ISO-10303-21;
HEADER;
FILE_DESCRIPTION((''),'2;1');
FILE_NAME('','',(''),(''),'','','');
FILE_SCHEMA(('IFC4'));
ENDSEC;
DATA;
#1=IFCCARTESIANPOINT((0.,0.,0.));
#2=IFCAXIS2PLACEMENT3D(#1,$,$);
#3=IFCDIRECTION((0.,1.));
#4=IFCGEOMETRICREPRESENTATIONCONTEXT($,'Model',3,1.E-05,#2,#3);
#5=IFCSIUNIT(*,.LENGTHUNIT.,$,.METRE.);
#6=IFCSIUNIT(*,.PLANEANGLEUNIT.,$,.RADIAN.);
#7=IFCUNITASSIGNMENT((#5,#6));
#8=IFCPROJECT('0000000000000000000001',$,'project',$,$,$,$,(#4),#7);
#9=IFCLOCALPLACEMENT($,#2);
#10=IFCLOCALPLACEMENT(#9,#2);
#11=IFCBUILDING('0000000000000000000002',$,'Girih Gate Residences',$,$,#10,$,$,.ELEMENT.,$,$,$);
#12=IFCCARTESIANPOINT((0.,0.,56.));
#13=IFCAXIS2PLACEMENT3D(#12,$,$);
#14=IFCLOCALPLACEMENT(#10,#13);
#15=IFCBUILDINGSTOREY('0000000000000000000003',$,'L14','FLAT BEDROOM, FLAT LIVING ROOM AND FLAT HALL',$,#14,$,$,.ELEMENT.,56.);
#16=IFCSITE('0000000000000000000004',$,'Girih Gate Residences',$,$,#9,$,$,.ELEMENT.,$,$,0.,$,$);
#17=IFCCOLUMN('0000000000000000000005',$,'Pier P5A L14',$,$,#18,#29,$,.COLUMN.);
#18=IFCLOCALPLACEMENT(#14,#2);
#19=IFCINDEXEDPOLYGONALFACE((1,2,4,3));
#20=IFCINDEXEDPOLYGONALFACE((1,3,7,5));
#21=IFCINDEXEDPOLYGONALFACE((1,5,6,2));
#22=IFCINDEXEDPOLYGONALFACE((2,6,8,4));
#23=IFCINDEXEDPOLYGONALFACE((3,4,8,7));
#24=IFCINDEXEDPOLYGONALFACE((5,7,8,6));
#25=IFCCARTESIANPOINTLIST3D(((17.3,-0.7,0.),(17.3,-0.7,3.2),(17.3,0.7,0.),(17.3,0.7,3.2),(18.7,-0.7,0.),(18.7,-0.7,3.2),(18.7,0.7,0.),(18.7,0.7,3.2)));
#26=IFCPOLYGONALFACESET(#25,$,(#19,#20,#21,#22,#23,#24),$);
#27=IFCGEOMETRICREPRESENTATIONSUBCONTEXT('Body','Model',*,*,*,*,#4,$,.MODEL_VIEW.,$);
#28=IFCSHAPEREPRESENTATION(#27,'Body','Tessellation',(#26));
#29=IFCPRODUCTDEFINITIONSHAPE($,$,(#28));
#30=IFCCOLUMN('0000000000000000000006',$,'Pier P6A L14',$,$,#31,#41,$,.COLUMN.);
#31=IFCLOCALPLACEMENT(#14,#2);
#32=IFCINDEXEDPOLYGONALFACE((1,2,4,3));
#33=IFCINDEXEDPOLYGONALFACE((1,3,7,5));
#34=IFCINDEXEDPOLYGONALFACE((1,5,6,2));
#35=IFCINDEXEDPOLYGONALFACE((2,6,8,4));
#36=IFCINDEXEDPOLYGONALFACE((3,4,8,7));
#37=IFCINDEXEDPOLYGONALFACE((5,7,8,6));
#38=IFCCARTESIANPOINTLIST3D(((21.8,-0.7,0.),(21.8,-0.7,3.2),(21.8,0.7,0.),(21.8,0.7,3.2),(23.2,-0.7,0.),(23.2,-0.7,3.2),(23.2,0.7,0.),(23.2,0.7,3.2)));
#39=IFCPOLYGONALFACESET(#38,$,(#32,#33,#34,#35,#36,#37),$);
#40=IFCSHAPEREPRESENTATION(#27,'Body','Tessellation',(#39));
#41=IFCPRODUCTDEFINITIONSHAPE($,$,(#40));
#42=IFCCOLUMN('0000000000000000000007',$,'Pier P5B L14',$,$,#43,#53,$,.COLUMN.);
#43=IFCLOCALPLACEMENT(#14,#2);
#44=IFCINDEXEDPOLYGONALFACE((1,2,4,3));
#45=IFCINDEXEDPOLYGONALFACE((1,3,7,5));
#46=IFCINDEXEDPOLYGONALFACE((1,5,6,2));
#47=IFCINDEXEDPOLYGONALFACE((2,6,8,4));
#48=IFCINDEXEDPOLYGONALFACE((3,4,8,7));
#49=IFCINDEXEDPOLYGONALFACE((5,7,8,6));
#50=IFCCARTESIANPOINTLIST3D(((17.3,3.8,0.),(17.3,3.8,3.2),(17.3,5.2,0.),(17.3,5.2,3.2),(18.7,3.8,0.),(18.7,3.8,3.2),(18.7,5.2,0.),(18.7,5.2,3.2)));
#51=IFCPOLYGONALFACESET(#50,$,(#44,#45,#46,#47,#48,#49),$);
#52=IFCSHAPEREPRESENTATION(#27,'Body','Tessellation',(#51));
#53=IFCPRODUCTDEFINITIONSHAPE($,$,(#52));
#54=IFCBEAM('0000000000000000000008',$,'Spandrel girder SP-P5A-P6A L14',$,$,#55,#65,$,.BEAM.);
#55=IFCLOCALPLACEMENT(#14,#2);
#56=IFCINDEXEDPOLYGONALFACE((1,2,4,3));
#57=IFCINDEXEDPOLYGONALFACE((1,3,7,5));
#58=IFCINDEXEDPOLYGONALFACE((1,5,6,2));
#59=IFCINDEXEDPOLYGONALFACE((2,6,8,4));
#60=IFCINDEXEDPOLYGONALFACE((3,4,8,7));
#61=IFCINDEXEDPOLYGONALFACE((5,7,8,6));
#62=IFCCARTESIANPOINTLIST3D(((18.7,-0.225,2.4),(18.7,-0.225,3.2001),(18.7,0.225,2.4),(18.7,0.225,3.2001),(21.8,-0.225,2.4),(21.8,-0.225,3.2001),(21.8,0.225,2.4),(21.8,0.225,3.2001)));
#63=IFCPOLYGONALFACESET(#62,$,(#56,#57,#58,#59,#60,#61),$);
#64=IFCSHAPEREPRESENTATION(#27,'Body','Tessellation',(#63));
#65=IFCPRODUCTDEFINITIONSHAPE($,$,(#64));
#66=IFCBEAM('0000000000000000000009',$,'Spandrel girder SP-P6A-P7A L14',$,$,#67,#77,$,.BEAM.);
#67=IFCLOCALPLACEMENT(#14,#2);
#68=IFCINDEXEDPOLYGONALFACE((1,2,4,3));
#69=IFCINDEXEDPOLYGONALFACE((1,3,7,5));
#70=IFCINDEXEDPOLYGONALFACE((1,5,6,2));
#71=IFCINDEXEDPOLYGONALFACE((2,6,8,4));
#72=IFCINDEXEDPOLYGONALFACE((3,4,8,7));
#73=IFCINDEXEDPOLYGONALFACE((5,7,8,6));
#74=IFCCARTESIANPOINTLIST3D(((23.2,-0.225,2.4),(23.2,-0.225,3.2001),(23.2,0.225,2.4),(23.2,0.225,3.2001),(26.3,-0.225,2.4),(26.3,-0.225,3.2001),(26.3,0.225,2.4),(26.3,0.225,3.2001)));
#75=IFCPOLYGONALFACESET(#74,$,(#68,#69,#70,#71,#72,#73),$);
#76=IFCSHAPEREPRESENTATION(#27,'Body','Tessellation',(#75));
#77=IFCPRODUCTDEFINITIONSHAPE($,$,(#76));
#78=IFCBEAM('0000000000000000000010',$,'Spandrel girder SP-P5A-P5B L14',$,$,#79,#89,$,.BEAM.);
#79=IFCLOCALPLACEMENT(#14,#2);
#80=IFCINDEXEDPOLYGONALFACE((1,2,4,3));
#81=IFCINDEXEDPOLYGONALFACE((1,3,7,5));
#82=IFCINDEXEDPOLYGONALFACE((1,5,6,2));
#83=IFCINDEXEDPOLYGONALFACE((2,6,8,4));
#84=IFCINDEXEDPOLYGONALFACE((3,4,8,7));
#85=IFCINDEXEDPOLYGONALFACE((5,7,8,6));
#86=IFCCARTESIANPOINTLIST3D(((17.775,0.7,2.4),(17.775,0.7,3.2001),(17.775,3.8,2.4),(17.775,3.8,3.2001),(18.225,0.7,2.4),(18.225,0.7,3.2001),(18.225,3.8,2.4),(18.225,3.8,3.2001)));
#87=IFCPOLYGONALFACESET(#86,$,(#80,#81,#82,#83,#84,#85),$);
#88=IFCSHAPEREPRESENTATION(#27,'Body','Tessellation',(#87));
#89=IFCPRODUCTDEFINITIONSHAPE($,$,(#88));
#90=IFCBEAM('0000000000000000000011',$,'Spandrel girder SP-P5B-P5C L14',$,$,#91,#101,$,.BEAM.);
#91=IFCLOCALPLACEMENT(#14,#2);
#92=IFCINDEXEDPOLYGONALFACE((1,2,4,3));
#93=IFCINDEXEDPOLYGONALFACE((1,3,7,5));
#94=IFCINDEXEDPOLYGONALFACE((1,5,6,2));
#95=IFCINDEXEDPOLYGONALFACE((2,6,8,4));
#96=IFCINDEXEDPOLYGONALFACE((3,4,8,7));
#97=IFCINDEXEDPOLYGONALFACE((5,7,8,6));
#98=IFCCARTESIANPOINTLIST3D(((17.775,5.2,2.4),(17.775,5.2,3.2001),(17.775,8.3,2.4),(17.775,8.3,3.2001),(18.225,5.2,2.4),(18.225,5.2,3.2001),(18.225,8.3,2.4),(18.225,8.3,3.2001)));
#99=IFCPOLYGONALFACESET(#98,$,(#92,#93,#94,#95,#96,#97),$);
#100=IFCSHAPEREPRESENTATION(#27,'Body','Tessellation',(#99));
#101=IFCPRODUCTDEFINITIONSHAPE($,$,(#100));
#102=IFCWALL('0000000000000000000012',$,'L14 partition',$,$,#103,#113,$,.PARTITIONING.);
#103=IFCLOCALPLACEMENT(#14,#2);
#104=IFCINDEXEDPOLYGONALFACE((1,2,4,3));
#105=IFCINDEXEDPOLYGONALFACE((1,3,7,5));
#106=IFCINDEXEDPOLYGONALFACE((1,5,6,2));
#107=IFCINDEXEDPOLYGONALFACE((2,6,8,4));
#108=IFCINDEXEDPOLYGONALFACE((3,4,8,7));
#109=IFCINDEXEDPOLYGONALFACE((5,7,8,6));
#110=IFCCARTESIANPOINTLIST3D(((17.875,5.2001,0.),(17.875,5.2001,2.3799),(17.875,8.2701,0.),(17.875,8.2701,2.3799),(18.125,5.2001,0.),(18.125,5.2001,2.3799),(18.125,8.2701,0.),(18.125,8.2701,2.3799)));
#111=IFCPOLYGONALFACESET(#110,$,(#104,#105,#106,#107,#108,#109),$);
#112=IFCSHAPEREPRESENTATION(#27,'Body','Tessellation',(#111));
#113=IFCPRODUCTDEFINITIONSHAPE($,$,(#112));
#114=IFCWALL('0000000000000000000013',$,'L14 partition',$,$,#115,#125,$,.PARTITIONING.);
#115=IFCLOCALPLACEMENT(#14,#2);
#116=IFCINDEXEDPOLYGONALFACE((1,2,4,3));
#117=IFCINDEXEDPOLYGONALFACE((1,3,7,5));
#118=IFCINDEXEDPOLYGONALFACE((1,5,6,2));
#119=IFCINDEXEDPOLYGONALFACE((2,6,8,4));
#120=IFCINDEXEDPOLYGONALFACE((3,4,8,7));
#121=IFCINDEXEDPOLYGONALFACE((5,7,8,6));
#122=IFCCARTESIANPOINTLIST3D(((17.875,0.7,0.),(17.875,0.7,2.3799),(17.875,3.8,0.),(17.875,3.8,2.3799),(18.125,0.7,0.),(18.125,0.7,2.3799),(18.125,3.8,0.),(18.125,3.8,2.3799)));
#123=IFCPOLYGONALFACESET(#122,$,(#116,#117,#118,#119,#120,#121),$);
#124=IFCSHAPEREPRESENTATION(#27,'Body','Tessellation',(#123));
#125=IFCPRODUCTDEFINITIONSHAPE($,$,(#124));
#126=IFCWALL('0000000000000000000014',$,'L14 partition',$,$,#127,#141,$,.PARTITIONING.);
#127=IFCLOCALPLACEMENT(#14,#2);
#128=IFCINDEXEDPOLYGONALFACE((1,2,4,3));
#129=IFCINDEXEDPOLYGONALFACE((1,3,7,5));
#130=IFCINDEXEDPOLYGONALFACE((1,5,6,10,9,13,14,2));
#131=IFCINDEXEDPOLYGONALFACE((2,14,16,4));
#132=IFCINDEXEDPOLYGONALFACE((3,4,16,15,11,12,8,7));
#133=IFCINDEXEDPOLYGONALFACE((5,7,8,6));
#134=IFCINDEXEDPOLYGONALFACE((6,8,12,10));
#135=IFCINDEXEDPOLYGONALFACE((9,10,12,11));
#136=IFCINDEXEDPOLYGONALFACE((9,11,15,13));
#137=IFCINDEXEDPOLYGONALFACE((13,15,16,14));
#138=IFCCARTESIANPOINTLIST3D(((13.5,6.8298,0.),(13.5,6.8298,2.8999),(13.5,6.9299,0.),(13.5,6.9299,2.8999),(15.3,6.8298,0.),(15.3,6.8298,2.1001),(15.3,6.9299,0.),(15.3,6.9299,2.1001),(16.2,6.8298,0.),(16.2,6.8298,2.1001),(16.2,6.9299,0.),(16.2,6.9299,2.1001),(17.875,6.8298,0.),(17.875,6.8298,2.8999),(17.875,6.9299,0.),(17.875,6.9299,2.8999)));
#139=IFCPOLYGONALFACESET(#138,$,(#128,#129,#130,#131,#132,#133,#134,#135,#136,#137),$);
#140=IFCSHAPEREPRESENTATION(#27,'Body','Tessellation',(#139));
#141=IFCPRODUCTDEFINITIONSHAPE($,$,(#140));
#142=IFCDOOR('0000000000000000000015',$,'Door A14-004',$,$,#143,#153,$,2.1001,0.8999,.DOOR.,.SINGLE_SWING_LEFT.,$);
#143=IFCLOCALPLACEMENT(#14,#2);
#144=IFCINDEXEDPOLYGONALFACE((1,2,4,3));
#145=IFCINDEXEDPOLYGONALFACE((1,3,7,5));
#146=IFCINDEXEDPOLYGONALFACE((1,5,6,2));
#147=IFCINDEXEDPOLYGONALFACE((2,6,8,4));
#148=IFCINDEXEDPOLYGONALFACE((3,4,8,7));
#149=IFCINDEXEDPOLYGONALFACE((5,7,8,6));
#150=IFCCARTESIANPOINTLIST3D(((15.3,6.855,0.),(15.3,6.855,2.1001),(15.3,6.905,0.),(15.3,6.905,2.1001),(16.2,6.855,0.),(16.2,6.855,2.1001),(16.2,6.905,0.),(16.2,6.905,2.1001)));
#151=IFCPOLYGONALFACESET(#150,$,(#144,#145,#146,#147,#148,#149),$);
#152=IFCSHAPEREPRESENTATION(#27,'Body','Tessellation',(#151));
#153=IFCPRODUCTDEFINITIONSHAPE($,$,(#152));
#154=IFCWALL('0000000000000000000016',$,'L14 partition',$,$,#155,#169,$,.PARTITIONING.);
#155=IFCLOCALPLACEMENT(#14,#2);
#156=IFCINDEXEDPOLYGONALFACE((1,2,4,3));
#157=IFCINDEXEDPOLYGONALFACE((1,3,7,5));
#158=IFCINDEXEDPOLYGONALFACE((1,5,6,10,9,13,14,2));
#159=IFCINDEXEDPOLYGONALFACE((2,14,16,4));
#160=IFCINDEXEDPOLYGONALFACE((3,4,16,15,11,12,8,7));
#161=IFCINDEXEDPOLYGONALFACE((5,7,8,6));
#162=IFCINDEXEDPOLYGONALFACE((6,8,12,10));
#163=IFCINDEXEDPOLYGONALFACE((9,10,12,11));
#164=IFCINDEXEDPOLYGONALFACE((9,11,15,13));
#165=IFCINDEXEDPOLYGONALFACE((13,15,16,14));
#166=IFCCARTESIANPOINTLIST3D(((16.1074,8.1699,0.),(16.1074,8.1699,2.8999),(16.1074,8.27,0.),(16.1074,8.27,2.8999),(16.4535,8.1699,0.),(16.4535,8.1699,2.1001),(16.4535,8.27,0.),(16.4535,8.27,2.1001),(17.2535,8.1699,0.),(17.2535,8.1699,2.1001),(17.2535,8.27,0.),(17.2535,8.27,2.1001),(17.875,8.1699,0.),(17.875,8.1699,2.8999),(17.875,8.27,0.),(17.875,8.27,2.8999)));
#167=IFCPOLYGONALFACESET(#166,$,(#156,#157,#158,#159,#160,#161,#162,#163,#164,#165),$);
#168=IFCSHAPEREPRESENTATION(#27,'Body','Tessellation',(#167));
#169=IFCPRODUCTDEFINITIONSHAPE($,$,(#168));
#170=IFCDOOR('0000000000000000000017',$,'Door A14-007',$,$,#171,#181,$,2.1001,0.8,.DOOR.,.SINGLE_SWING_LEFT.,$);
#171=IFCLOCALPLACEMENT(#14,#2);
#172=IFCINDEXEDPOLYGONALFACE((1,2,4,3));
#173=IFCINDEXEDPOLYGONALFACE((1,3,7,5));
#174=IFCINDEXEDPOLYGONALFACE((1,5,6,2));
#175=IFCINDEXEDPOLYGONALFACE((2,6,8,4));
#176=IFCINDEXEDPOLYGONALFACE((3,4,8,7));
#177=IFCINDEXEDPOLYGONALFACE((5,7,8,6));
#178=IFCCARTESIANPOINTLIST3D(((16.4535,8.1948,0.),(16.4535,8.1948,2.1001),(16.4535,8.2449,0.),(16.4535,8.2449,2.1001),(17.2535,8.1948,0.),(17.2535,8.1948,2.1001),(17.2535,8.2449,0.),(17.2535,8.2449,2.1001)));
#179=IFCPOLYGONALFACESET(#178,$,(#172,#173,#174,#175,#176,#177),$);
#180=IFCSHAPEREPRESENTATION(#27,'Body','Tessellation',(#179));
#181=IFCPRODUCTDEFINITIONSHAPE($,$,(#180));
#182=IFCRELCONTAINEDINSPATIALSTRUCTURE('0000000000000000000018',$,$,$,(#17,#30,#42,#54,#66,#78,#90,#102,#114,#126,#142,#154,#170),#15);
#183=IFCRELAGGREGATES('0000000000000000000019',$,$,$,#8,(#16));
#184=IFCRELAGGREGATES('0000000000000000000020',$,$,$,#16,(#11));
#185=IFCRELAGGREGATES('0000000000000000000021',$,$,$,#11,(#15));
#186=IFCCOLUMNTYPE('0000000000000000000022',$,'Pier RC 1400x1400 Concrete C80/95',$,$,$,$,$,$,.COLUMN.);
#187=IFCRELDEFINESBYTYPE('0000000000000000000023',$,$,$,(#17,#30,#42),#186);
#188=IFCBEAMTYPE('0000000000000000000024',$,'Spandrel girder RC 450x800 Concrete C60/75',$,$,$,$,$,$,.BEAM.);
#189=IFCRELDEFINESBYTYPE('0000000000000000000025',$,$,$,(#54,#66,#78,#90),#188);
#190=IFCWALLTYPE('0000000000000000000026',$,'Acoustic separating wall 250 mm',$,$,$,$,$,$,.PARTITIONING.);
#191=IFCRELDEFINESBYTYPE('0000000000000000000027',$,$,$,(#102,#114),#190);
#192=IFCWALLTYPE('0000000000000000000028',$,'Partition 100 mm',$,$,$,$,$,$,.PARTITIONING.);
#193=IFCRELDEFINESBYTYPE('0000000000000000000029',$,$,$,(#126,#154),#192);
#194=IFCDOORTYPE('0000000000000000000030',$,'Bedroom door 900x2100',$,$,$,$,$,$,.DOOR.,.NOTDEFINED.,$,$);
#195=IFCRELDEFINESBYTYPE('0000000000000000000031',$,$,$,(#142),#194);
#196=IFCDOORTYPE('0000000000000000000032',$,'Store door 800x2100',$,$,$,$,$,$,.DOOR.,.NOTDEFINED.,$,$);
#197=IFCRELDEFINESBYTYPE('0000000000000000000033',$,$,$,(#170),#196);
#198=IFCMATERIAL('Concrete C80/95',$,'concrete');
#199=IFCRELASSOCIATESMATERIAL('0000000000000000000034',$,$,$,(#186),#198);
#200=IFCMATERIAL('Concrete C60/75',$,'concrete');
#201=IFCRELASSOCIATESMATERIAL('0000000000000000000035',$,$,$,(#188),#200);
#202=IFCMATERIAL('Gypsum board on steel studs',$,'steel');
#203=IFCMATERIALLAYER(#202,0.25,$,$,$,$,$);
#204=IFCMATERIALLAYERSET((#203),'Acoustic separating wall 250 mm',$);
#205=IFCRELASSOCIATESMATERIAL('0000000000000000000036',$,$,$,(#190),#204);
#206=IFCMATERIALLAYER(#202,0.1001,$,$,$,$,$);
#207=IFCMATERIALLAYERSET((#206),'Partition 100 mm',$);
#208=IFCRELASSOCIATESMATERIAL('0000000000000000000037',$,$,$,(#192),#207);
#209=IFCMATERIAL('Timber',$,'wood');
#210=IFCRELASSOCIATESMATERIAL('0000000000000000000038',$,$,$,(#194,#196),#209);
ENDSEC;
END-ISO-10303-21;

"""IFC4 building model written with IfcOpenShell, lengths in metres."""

from ifc_helpers import new_model, si_unit, direction, frame, frame_2d, origin, origin_2d, place, context, subcontext, project, spatial, rectangle, extrude, material, layer, layer_set, material_profile, profile_set, type_object, element, fill, save


model = new_model("IFC4")

# Units and contexts
model_context = context("Model", 3, precision=1e-05, world=origin(), true_north=direction((0.0, 1.0)))
body_context = subcontext(model_context, "Body", "Model", "MODEL_VIEW")
ifc_project = project(units=[si_unit("LENGTHUNIT", "METRE"), si_unit("PLANEANGLEUNIT", "RADIAN")], contexts=[model_context])

# Site, building, storey
site_placement = place(None, origin())
site = spatial("IfcSite", under=ifc_project, at=site_placement, Name="Girih Gate Residences", CompositionType="ELEMENT", RefElevation=0.0)
building_placement = place(site_placement, origin())
building = spatial("IfcBuilding", under=site, at=building_placement, Name="Girih Gate Residences", CompositionType="ELEMENT")
storey_placement = place(building_placement, frame((0.0, 0.0, 56.0)))
storey = spatial("IfcBuildingStorey", under=building, at=storey_placement, Name="L14", Description="FLAT BEDROOM, FLAT LIVING ROOM AND FLAT HALL", CompositionType="ELEMENT", Elevation=56.0)

# Columns
ifc_material_1 = material(Name="Concrete C80/95", Category="concrete")
ifc_material_profile_1 = material_profile(ifc_material_1, rectangle(XDim=1.3999, YDim=1.3999, at=origin_2d()))
ifc_profile_set_1 = profile_set([ifc_material_profile_1], Name="Concrete C80/95")
column_type = type_object("IfcColumnType", Name="Pier RC 1400x1400 Concrete C80/95", PredefinedType="COLUMN", material=ifc_profile_set_1)
for number, where, z_axis, x_axis, name in (
    (1, (18.0, 0.0, 0.0), (0.0, 0.0, 1.0), (1.0, 0.0, 0.0), "Pier P5A L14"),
    (2, (22.5, 0.0, 0.0), (0.0, 0.0, 1.0), (1.0, 0.0, 0.0), "Pier P6A L14"),
    (3, (18.0, 4.5, 0.0), (0.0, 0.0, 1.0), (1.0, 0.0, 0.0), "Pier P5B L14"),
):
    element("IfcColumn", number, at=place(storey_placement, frame(where, z_axis=z_axis, x_axis=x_axis)), inside=storey, type_object=column_type, Name=name, PredefinedType="COLUMN", context=body_context, shape_type="SweptSolid", body=[
        extrude(rectangle(XDim=1.3999, YDim=1.3999, at=origin_2d()), origin(), (0.0, 0.0, 1.0), 3.2),
    ])

# Beams
ifc_material_2 = material(Name="Concrete C60/75", Category="concrete")
ifc_material_profile_2 = material_profile(ifc_material_2, rectangle(XDim=0.45, YDim=0.8, at=origin_2d()))
ifc_profile_set_2 = profile_set([ifc_material_profile_2], Name="Concrete C60/75")
beam_type = type_object("IfcBeamType", Name="Spandrel girder RC 450x800 Concrete C60/75", PredefinedType="BEAM", material=ifc_profile_set_2)
for number, where, z_axis, x_axis, name in (
    (4, (18.7, 0.0, 2.8), (1.0, 0.0, 0.0), (0.0, 1.0, 0.0), "Spandrel girder SP-P5A-P6A L14"),
    (5, (23.2, 0.0, 2.8), (1.0, 0.0, 0.0), (0.0, 1.0, 0.0), "Spandrel girder SP-P6A-P7A L14"),
    (6, (18.0, 0.7, 2.8), (0.0, 1.0, 0.0), (-1.0, 0.0, 0.0), "Spandrel girder SP-P5A-P5B L14"),
    (7, (18.0, 5.2, 2.8), (0.0, 1.0, 0.0), (-1.0, 0.0, 0.0), "Spandrel girder SP-P5B-P5C L14"),
):
    element("IfcBeam", number, at=place(storey_placement, frame(where, z_axis=z_axis, x_axis=x_axis)), inside=storey, type_object=beam_type, Name=name, PredefinedType="BEAM", context=body_context, shape_type="SweptSolid", body=[
        extrude(rectangle(XDim=0.45, YDim=0.8, at=origin_2d()), origin(), (0.0, 0.0, 1.0), 3.1001),
    ])

# Walls
ifc_material_3 = material(Name="Gypsum board on steel studs", Category="steel")
ifc_layer_1 = layer(ifc_material_3, 0.25)
ifc_layer_set_1 = layer_set([ifc_layer_1], Name="Acoustic separating wall 250 mm")
wall_type_1 = type_object("IfcWallType", Name="Acoustic separating wall 250 mm", PredefinedType="PARTITIONING", material=ifc_layer_set_1)
wall_1_placement = place(storey_placement, frame((18.0, 5.2, 0.0), z_axis=(0.0, 0.0, 1.0), x_axis=(0.0, 1.0, 0.0)))
element("IfcWall", 8, at=wall_1_placement, inside=storey, type_object=wall_type_1, Name="L14 partition", PredefinedType="PARTITIONING", context=body_context, shape_type="SweptSolid", body=[
    extrude(rectangle(XDim=3.0701, YDim=0.25, at=frame_2d((1.5352, 0.0))), origin(), (0.0, 0.0, 1.0), 2.3799),
])
wall_2_placement = place(storey_placement, frame((18.0, 0.7, 0.0), z_axis=(0.0, 0.0, 1.0), x_axis=(0.0, 1.0, 0.0)))
element("IfcWall", 9, at=wall_2_placement, inside=storey, type_object=wall_type_1, Name="L14 partition", PredefinedType="PARTITIONING", context=body_context, shape_type="SweptSolid", body=[
    extrude(rectangle(XDim=3.1001, YDim=0.25, at=frame_2d((1.55, 0.0))), origin(), (0.0, 0.0, 1.0), 2.3799),
])

# Walls, openings, doors
ifc_layer_2 = layer(ifc_material_3, 0.1001)
ifc_layer_set_2 = layer_set([ifc_layer_2], Name="Partition 100 mm")
wall_type_2 = type_object("IfcWallType", Name="Partition 100 mm", PredefinedType="PARTITIONING", material=ifc_layer_set_2)
wall_3_placement = place(storey_placement, frame((17.875, 6.8799, 0.0), z_axis=(0.0, 0.0, 1.0), x_axis=(-1.0, 0.0, 0.0)))
wall_3 = element("IfcWall", 10, at=wall_3_placement, inside=storey, type_object=wall_type_2, Name="L14 partition", PredefinedType="PARTITIONING", context=body_context, shape_type="SweptSolid", body=[
    extrude(rectangle(XDim=4.375, YDim=0.1001, at=frame_2d((2.1875, 0.0))), origin(), (0.0, 0.0, 1.0), 2.8999),
])
opening_1_placement = place(wall_3_placement, frame((1.675, 0.0, 0.0)))
opening_1 = element("IfcOpeningElement", 11, at=opening_1_placement, cuts=wall_3, PredefinedType="OPENING", context=body_context, shape_type="SweptSolid", body=[
    extrude(rectangle(XDim=0.8999, YDim=2.1001, at=frame_2d((0.45, 1.05))), frame((0.0, 0.0601, 0.0), z_axis=(0.0, -1.0, 0.0), x_axis=(1.0, 0.0, 0.0)), (0.0, 0.0, 1.0), 0.1201),
])
ifc_material_4 = material(Name="Timber", Category="wood")
door_type_1 = type_object("IfcDoorType", Name="Bedroom door 900x2100", OperationType="NOTDEFINED", PredefinedType="DOOR", material=ifc_material_4)
door_1_placement = place(opening_1_placement, origin())
door_1 = element("IfcDoor", 12, at=door_1_placement, inside=storey, type_object=door_type_1, Name="Door A14-004", OperationType="SINGLE_SWING_LEFT", OverallHeight=2.1001, OverallWidth=0.8999, PredefinedType="DOOR", context=body_context, shape_type="SweptSolid", body=[
    extrude(rectangle(XDim=0.8999, YDim=2.1001, at=frame_2d((0.45, 1.05))), frame((0.0, 0.0249, 0.0), z_axis=(0.0, -1.0, 0.0), x_axis=(1.0, 0.0, 0.0)), (0.0, 0.0, 1.0), 0.05),
])
fill(opening_1, door_1)
wall_4_placement = place(storey_placement, frame((16.1074, 8.22, 0.0), z_axis=(0.0, 0.0, 1.0), x_axis=(1.0, 0.0, 0.0)))
wall_4 = element("IfcWall", 13, at=wall_4_placement, inside=storey, type_object=wall_type_2, Name="L14 partition", PredefinedType="PARTITIONING", context=body_context, shape_type="SweptSolid", body=[
    extrude(rectangle(XDim=1.7676, YDim=0.1001, at=frame_2d((0.8838, 0.0))), origin(), (0.0, 0.0, 1.0), 2.8999),
])
opening_2_placement = place(wall_4_placement, frame((0.3462, 0.0, 0.0)))
opening_2 = element("IfcOpeningElement", 14, at=opening_2_placement, cuts=wall_4, PredefinedType="OPENING", context=body_context, shape_type="SweptSolid", body=[
    extrude(rectangle(XDim=0.8, YDim=2.1001, at=frame_2d((0.3999, 1.05))), frame((0.0, 0.0601, 0.0), z_axis=(0.0, -1.0, 0.0), x_axis=(1.0, 0.0, 0.0)), (0.0, 0.0, 1.0), 0.1201),
])
door_type_2 = type_object("IfcDoorType", Name="Store door 800x2100", OperationType="NOTDEFINED", PredefinedType="DOOR", material=ifc_material_4)
door_2_placement = place(opening_2_placement, origin())
door_2 = element("IfcDoor", 15, at=door_2_placement, inside=storey, type_object=door_type_2, Name="Door A14-007", OperationType="SINGLE_SWING_LEFT", OverallHeight=2.1001, OverallWidth=0.8, PredefinedType="DOOR", context=body_context, shape_type="SweptSolid", body=[
    extrude(rectangle(XDim=0.8, YDim=2.1001, at=frame_2d((0.3999, 1.05))), frame((0.0, 0.0249, 0.0), z_axis=(0.0, -1.0, 0.0), x_axis=(1.0, 0.0, 0.0)), (0.0, 0.0, 1.0), 0.05),
])
fill(opening_2, door_2)

save(model, "model.ifc")
